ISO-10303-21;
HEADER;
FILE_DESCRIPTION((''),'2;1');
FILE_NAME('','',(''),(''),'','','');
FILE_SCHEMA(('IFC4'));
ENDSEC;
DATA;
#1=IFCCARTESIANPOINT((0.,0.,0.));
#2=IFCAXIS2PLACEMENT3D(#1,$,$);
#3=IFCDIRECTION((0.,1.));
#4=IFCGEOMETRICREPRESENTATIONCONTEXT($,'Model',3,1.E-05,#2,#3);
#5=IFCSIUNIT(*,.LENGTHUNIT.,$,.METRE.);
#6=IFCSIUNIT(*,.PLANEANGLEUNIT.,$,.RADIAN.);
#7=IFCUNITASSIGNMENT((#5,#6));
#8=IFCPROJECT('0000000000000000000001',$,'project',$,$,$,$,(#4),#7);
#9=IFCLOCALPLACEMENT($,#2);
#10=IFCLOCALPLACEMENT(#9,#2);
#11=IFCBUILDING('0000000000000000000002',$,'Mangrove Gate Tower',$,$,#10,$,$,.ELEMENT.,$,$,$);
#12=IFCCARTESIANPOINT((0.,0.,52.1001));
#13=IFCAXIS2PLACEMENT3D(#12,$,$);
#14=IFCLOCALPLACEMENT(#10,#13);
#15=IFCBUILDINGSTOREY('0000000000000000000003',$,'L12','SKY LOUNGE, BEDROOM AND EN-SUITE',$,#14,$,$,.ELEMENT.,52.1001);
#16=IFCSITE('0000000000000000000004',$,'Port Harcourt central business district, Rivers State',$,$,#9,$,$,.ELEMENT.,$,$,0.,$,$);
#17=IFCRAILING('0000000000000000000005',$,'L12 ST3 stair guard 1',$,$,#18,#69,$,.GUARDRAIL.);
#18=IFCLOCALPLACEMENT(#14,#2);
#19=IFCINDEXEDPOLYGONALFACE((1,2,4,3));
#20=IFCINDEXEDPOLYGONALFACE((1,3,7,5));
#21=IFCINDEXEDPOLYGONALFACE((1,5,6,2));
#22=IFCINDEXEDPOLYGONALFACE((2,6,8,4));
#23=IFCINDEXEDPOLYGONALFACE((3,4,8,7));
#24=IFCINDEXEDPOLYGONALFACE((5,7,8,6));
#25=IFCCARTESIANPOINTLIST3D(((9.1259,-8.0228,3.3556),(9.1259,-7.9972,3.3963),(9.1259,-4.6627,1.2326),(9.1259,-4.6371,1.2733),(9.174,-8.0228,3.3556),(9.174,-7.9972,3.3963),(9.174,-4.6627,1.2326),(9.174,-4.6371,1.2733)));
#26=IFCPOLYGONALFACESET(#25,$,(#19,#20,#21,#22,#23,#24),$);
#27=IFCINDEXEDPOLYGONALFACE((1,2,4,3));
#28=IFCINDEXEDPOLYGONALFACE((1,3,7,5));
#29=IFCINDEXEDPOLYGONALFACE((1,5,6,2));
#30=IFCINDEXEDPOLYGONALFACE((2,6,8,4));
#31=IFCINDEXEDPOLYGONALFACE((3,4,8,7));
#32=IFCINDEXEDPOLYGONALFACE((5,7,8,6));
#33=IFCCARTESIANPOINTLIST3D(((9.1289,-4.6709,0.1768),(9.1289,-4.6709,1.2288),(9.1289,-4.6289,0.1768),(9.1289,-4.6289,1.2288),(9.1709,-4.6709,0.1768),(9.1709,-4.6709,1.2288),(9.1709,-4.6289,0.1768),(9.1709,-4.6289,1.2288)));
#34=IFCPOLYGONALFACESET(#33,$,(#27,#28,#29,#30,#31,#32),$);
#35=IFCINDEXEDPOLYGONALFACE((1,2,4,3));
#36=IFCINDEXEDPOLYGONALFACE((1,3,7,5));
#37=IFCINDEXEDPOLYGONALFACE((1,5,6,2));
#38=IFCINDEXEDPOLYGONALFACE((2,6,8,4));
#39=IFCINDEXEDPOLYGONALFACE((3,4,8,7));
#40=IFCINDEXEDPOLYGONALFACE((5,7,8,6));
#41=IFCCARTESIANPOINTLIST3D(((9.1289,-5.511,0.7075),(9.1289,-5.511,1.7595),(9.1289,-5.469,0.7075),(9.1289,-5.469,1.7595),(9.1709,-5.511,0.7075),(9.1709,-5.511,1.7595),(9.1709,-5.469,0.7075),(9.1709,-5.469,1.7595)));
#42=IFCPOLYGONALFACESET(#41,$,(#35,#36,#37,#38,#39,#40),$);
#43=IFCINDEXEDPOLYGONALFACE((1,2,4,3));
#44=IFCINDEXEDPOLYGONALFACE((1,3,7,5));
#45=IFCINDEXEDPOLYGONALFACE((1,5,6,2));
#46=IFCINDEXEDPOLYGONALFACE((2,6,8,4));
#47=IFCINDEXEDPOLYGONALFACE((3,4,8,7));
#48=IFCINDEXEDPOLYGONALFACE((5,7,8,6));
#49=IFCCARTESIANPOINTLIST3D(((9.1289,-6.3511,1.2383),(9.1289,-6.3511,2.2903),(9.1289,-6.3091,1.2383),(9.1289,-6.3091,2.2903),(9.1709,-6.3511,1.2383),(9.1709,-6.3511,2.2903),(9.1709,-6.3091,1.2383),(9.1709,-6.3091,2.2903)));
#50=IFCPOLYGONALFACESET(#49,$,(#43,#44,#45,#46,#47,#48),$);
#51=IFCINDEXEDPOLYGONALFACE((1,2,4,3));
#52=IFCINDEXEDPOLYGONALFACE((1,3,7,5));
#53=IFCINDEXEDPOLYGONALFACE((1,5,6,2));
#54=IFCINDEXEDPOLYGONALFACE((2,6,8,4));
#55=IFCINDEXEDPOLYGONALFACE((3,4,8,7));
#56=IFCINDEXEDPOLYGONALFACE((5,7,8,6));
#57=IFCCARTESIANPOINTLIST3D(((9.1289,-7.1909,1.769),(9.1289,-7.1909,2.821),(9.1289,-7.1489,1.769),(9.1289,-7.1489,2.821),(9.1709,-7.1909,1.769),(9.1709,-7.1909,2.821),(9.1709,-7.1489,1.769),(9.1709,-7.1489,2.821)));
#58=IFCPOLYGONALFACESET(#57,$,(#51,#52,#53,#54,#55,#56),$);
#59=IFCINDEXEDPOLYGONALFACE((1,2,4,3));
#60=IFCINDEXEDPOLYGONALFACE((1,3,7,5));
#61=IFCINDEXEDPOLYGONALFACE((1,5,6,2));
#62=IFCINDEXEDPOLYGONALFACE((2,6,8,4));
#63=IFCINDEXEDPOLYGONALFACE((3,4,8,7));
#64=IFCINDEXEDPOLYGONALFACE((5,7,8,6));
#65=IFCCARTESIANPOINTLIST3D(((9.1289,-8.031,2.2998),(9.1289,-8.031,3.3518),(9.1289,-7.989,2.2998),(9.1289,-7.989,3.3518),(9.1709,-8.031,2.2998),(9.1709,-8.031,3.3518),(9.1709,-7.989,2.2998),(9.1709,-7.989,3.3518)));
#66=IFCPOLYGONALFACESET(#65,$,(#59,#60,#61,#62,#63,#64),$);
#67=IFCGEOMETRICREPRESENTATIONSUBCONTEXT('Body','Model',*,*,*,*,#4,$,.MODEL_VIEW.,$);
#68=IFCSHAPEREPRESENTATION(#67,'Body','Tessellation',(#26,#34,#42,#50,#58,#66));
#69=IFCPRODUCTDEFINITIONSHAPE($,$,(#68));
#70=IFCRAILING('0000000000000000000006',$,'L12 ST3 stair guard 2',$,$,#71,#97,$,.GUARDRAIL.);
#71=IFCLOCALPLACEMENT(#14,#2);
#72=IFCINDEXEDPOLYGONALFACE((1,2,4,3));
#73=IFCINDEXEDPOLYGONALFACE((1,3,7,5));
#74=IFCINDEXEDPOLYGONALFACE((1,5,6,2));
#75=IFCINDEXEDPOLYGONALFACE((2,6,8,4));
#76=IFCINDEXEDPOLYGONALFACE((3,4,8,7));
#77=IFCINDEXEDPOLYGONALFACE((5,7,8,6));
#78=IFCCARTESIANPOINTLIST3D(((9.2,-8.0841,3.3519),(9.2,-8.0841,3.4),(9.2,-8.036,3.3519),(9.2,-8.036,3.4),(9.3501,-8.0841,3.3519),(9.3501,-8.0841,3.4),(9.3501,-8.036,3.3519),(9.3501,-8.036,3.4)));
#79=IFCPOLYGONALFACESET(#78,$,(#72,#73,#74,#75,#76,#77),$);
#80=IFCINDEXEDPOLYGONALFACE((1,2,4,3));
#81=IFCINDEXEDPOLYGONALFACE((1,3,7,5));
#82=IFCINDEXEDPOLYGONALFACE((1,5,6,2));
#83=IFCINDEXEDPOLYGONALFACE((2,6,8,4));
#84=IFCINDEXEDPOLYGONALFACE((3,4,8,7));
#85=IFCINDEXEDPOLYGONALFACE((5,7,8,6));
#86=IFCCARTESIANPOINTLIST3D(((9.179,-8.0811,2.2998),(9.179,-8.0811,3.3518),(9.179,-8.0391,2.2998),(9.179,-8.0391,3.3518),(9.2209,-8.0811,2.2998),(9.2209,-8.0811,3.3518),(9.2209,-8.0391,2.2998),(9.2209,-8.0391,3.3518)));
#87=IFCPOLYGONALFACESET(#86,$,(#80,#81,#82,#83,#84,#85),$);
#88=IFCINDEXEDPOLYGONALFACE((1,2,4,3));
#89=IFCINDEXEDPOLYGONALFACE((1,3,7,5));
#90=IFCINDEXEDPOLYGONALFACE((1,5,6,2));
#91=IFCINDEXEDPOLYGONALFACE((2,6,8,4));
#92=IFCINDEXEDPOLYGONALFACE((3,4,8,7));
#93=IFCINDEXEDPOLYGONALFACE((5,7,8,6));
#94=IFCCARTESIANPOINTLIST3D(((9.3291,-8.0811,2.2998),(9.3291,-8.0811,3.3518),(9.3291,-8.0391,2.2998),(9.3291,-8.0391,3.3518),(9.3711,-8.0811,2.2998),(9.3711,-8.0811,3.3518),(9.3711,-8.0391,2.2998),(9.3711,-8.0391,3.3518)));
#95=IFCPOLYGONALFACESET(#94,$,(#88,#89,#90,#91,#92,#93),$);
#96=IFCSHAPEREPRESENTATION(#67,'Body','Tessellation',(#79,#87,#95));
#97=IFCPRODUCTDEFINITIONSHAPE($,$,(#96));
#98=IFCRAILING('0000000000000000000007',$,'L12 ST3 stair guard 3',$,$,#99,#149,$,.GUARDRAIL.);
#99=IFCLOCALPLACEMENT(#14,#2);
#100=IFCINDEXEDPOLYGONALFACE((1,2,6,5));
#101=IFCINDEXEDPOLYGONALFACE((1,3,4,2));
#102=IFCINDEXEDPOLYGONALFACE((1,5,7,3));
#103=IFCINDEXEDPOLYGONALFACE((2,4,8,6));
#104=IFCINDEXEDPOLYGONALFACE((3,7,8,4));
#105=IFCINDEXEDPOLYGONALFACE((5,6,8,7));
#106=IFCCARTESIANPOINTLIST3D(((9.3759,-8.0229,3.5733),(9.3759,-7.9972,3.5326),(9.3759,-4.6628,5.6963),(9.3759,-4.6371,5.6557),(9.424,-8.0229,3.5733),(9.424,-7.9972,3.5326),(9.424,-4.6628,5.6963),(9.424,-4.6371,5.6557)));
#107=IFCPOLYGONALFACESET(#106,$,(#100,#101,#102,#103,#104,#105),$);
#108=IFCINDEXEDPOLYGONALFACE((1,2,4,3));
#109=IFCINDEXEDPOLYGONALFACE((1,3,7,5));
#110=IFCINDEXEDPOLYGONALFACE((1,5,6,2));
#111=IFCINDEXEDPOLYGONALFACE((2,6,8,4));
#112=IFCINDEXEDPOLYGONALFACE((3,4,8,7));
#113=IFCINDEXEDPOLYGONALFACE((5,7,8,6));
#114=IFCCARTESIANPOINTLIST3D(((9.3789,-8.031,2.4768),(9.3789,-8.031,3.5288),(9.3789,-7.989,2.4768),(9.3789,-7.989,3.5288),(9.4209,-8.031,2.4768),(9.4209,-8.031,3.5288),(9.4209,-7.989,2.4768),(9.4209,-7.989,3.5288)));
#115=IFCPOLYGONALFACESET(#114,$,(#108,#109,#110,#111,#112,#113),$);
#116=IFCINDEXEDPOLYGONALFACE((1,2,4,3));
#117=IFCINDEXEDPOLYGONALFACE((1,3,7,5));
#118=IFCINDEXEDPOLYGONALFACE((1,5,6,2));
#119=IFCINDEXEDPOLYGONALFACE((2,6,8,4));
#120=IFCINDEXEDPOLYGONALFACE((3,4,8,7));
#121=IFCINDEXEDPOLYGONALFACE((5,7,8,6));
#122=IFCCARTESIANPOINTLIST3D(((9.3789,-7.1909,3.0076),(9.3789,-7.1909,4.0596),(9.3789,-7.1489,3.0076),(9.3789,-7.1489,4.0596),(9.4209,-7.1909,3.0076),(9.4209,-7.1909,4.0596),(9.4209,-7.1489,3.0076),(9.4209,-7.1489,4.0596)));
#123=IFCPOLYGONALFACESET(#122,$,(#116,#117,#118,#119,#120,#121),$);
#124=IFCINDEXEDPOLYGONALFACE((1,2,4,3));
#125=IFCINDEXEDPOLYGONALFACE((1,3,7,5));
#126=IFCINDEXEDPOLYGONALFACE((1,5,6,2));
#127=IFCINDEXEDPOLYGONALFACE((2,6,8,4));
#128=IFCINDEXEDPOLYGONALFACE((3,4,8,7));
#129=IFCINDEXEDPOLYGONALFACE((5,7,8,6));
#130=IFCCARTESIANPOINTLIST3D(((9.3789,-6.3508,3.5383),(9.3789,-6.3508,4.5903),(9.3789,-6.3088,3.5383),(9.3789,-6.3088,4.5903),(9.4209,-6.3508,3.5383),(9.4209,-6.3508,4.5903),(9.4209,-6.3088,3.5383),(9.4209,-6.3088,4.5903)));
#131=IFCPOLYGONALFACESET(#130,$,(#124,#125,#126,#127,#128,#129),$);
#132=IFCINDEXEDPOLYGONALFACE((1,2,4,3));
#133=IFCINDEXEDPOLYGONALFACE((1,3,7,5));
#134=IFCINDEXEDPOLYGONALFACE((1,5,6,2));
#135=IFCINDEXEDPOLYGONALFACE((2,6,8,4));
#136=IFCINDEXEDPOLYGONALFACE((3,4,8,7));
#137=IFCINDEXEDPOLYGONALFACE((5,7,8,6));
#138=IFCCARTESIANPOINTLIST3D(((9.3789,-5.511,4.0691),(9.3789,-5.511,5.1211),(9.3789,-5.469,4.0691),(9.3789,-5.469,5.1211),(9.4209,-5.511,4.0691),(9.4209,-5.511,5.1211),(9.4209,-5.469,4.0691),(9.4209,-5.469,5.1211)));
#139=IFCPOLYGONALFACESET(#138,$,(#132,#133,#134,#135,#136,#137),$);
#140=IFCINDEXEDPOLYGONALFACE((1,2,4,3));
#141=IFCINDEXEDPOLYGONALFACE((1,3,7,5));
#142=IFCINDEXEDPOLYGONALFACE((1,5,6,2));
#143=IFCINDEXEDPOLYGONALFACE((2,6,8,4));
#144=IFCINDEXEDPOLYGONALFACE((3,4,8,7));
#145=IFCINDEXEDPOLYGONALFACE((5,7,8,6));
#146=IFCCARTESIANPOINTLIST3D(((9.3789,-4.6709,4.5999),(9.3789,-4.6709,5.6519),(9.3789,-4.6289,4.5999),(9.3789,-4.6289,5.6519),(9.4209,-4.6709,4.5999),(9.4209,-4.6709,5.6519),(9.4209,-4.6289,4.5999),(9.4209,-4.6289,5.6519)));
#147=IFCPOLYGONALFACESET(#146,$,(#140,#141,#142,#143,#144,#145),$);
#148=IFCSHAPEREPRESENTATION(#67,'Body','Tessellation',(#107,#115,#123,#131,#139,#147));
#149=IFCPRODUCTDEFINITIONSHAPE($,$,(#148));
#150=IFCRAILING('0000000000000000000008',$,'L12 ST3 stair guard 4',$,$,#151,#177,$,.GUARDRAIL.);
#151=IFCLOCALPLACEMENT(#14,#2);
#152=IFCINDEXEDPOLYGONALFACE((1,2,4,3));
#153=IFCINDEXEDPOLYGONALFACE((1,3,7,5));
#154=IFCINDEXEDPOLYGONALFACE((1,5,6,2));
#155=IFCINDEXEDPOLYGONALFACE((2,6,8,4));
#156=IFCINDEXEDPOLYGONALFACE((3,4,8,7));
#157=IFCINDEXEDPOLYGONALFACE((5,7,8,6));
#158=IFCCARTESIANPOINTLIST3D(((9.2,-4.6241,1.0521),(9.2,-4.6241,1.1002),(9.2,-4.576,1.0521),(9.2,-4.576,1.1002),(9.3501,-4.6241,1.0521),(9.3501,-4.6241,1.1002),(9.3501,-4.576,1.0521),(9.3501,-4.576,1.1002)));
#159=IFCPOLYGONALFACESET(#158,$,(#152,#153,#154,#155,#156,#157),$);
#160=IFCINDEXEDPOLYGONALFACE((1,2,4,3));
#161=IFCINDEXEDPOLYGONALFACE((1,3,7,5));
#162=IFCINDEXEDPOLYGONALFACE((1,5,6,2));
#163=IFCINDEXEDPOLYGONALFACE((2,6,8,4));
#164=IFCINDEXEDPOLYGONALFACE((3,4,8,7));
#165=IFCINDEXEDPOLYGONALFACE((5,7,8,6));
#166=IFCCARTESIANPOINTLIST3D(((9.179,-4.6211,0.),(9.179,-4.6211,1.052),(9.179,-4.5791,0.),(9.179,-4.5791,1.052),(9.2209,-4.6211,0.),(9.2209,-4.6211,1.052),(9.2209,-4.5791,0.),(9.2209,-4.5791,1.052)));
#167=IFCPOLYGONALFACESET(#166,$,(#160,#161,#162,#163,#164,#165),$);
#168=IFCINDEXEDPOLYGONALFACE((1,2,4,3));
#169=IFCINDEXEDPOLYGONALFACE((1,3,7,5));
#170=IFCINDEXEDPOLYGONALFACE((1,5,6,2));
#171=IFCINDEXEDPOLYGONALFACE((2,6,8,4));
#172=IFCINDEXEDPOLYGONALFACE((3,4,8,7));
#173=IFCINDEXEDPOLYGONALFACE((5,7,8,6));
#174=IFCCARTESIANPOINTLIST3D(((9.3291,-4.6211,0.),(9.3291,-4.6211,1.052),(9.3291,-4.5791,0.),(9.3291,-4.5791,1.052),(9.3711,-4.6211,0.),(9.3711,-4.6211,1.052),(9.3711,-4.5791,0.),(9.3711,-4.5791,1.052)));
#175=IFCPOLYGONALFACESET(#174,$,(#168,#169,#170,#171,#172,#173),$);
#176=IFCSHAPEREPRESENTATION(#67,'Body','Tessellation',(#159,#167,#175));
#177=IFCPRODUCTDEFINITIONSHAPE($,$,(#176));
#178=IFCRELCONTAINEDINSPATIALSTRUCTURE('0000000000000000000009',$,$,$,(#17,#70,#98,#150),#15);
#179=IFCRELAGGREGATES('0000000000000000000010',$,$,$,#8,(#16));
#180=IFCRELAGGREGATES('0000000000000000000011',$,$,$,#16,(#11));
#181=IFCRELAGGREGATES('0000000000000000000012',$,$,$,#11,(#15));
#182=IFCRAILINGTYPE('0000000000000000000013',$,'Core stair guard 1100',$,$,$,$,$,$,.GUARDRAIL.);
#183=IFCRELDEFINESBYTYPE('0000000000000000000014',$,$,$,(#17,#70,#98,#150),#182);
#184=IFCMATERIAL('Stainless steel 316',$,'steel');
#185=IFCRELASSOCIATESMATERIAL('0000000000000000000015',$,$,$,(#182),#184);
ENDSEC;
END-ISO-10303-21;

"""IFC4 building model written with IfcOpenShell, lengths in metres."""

from ifc_helpers import new_model, si_unit, direction, frame, origin, origin_2d, place, context, subcontext, project, spatial, rectangle, extrude, material, type_object, element, save


model = new_model("IFC4")

# Units and contexts
model_context = context("Model", 3, precision=1e-05, world=origin(), true_north=direction((0.0, 1.0)))
body_context = subcontext(model_context, "Body", "Model", "MODEL_VIEW")
ifc_project = project(units=[si_unit("LENGTHUNIT", "METRE"), si_unit("PLANEANGLEUNIT", "RADIAN")], contexts=[model_context])

# Site, building, storey
site_placement = place(None, origin())
site = spatial("IfcSite", under=ifc_project, at=site_placement, Name="Port Harcourt central business district, Rivers State", CompositionType="ELEMENT", RefElevation=0.0)
building_placement = place(site_placement, origin())
building = spatial("IfcBuilding", under=site, at=building_placement, Name="Mangrove Gate Tower", CompositionType="ELEMENT")
storey_placement = place(building_placement, frame((0.0, 0.0, 52.1001)))
storey = spatial("IfcBuildingStorey", under=building, at=storey_placement, Name="L12", Description="SKY LOUNGE, BEDROOM AND EN-SUITE", CompositionType="ELEMENT", Elevation=52.1001)

# Railings
ifc_material_1 = material(Name="Stainless steel 316", Category="steel")
railing_type_1 = type_object("IfcRailingType", Name="Core stair guard 1100", PredefinedType="GUARDRAIL", material=ifc_material_1)
railing_1_placement = place(storey_placement, frame((9.1499, -4.6499, 0.1768)))
element("IfcRailing", 1, at=railing_1_placement, inside=storey, type_object=railing_type_1, Name="L12 ST3 stair guard 1", PredefinedType="GUARDRAIL", context=body_context, shape_type="SweptSolid", body=[
    extrude(rectangle(XDim=0.0481, YDim=0.0481, at=origin_2d()), frame((0.0, 0.0, 1.0762), z_axis=(0.0, -0.84539, 0.53415), x_axis=(1.0, 0.0, 0.0)), (0.0, 0.0, 1.0), 3.9746),
    extrude(rectangle(XDim=0.042, YDim=0.042, at=origin_2d()), origin(), (0.0, 0.0, 1.0), 1.052),
    extrude(rectangle(XDim=0.042, YDim=0.042, at=origin_2d()), frame((0.0, -0.8401, 0.5308)), (0.0, 0.0, 1.0), 1.052),
    extrude(rectangle(XDim=0.042, YDim=0.042, at=origin_2d()), frame((0.0, -1.6802, 1.0615)), (0.0, 0.0, 1.0), 1.052),
    extrude(rectangle(XDim=0.042, YDim=0.042, at=origin_2d()), frame((0.0, -2.52, 1.5923)), (0.0, 0.0, 1.0), 1.052),
    extrude(rectangle(XDim=0.042, YDim=0.042, at=origin_2d()), frame((0.0, -3.3601, 2.123)), (0.0, 0.0, 1.0), 1.052),
])
railing_2_placement = place(storey_placement, frame((9.2, -8.0601, 2.2998)))
element("IfcRailing", 2, at=railing_2_placement, inside=storey, type_object=railing_type_1, Name="L12 ST3 stair guard 2", PredefinedType="GUARDRAIL", context=body_context, shape_type="SweptSolid", body=[
    extrude(rectangle(XDim=0.0481, YDim=0.0481, at=origin_2d()), frame((0.0, 0.0, 1.0762), z_axis=(1.0, 0.0, 0.0), x_axis=(0.0, 1.0, 0.0)), (0.0, 0.0, 1.0), 0.1501),
    extrude(rectangle(XDim=0.042, YDim=0.042, at=origin_2d()), origin(), (0.0, 0.0, 1.0), 1.052),
    extrude(rectangle(XDim=0.042, YDim=0.042, at=origin_2d()), frame((0.1501, 0.0, 0.0)), (0.0, 0.0, 1.0), 1.052),
])
railing_3_placement = place(storey_placement, frame((9.3999, -8.01, 2.4768)))
element("IfcRailing", 3, at=railing_3_placement, inside=storey, type_object=railing_type_1, Name="L12 ST3 stair guard 3", PredefinedType="GUARDRAIL", context=body_context, shape_type="SweptSolid", body=[
    extrude(rectangle(XDim=0.0481, YDim=0.0481, at=origin_2d()), frame((0.0, 0.0, 1.0762), z_axis=(0.0, 0.84539, 0.53415), x_axis=(-1.0, 0.0, 0.0)), (0.0, 0.0, 1.0), 3.9746),
    extrude(rectangle(XDim=0.042, YDim=0.042, at=origin_2d()), origin(), (0.0, 0.0, 1.0), 1.052),
    extrude(rectangle(XDim=0.042, YDim=0.042, at=origin_2d()), frame((0.0, 0.8401, 0.5308)), (0.0, 0.0, 1.0), 1.052),
    extrude(rectangle(XDim=0.042, YDim=0.042, at=origin_2d()), frame((0.0, 1.6802, 1.0615)), (0.0, 0.0, 1.0), 1.052),
    extrude(rectangle(XDim=0.042, YDim=0.042, at=origin_2d()), frame((0.0, 2.52, 1.5923)), (0.0, 0.0, 1.0), 1.052),
    extrude(rectangle(XDim=0.042, YDim=0.042, at=origin_2d()), frame((0.0, 3.3601, 2.123)), (0.0, 0.0, 1.0), 1.052),
])
railing_4_placement = place(storey_placement, frame((9.2, -4.6001, 0.0)))
element("IfcRailing", 4, at=railing_4_placement, inside=storey, type_object=railing_type_1, Name="L12 ST3 stair guard 4", PredefinedType="GUARDRAIL", context=body_context, shape_type="SweptSolid", body=[
    extrude(rectangle(XDim=0.0481, YDim=0.0481, at=origin_2d()), frame((0.0, 0.0, 1.0762), z_axis=(1.0, 0.0, 0.0), x_axis=(0.0, 1.0, 0.0)), (0.0, 0.0, 1.0), 0.1501),
    extrude(rectangle(XDim=0.042, YDim=0.042, at=origin_2d()), origin(), (0.0, 0.0, 1.0), 1.052),
    extrude(rectangle(XDim=0.042, YDim=0.042, at=origin_2d()), frame((0.1501, 0.0, 0.0)), (0.0, 0.0, 1.0), 1.052),
])

save(model, "model.ifc")
